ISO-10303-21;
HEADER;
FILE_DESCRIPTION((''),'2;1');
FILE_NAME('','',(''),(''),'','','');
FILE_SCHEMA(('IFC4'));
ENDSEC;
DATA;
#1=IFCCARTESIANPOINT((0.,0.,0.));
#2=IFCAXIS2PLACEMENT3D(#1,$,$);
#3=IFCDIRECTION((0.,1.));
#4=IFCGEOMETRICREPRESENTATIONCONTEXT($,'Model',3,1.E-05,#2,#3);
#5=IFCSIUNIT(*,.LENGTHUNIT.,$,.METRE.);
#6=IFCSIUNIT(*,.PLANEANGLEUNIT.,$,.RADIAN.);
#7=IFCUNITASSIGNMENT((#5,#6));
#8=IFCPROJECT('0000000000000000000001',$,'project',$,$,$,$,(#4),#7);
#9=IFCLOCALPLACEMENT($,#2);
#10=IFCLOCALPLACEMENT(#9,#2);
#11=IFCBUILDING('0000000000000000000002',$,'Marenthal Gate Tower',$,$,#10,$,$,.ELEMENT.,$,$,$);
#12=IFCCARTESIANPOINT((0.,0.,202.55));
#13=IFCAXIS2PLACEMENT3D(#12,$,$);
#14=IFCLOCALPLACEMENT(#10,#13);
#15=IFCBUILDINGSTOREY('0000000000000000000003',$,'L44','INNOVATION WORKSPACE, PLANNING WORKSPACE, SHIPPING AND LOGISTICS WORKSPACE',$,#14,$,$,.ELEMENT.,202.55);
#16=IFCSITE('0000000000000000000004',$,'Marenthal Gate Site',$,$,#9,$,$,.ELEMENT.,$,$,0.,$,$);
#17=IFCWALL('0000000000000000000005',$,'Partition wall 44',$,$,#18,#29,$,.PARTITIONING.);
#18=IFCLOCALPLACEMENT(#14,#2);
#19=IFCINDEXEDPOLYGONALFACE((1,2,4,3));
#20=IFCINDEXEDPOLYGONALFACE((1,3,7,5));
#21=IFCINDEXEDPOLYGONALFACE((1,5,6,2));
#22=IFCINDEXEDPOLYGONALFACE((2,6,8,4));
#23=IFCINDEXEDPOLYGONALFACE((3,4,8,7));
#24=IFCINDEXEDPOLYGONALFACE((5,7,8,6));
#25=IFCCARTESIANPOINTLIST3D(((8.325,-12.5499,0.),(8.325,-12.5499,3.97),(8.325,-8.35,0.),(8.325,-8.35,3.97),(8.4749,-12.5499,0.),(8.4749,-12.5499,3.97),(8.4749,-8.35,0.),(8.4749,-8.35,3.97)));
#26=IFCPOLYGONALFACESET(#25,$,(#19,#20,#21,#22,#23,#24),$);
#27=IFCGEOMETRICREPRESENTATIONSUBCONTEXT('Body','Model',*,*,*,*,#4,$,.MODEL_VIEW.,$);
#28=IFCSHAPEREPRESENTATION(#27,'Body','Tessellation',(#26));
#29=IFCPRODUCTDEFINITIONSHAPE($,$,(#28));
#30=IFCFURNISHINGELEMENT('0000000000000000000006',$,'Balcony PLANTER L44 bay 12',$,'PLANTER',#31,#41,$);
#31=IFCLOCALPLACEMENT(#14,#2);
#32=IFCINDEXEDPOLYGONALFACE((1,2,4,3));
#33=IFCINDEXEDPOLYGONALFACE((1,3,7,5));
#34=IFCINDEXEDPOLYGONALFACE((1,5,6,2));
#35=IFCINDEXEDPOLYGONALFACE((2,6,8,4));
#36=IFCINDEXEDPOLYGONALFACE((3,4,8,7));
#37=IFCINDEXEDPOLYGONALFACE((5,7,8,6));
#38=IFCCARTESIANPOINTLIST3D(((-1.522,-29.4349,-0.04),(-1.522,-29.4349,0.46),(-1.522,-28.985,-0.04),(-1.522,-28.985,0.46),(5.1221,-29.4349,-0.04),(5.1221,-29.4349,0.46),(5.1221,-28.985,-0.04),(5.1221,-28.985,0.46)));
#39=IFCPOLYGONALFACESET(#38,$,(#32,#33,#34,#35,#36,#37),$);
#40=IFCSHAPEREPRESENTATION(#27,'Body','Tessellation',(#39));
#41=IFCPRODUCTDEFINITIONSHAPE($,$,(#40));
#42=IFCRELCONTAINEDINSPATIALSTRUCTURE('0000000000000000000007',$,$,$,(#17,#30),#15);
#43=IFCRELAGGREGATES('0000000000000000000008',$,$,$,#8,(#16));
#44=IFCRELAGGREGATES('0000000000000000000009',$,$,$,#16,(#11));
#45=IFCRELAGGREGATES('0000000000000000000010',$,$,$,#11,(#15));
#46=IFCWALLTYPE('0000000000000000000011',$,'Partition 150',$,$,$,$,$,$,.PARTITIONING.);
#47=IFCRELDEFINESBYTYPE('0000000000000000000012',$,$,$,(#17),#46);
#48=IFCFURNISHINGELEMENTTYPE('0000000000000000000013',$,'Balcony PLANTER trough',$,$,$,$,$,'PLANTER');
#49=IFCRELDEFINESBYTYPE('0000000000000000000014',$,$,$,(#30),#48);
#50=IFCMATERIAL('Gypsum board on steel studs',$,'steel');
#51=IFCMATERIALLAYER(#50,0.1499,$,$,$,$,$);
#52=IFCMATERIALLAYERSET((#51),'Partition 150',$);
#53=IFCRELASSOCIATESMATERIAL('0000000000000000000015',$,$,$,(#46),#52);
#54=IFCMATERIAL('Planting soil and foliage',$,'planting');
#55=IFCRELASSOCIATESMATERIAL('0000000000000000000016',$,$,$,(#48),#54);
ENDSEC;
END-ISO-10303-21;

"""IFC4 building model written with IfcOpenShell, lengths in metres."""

from ifc_helpers import new_model, si_unit, direction, frame, frame_2d, origin, origin_2d, place, context, subcontext, project, spatial, rectangle, extrude, material, layer, layer_set, type_object, element, save


model = new_model("IFC4")

# Units and contexts
model_context = context("Model", 3, precision=1e-05, world=origin(), true_north=direction((0.0, 1.0)))
body_context = subcontext(model_context, "Body", "Model", "MODEL_VIEW")
ifc_project = project(units=[si_unit("LENGTHUNIT", "METRE"), si_unit("PLANEANGLEUNIT", "RADIAN")], contexts=[model_context])

# Site, building, storey
site_placement = place(None, origin())
site = spatial("IfcSite", under=ifc_project, at=site_placement, Name="Marenthal Gate Site", CompositionType="ELEMENT", RefElevation=0.0)
building_placement = place(site_placement, origin())
building = spatial("IfcBuilding", under=site, at=building_placement, Name="Marenthal Gate Tower", CompositionType="ELEMENT")
storey_placement = place(building_placement, frame((0.0, 0.0, 202.55)))
storey = spatial("IfcBuildingStorey", under=building, at=storey_placement, Name="L44", Description="INNOVATION WORKSPACE, PLANNING WORKSPACE, SHIPPING AND LOGISTICS WORKSPACE", CompositionType="ELEMENT", Elevation=202.55)

# Shared definitions
ifc_material_1 = material(Name="Gypsum board on steel studs", Category="steel")
ifc_layer_1 = layer(ifc_material_1, 0.1499)
ifc_layer_set_1 = layer_set([ifc_layer_1], Name="Partition 150")
wall_type_1 = type_object("IfcWallType", Name="Partition 150", PredefinedType="PARTITIONING", material=ifc_layer_set_1)

# Wall
wall_1_placement = place(storey_placement, frame((8.3999, -12.55, 0.0), z_axis=(0.0, 0.0, 1.0), x_axis=(0.0, 1.0, 0.0)))
element("IfcWall", 1, at=wall_1_placement, inside=storey, type_object=wall_type_1, Name="Partition wall 44", PredefinedType="PARTITIONING", context=body_context, shape_type="SweptSolid", body=[
    extrude(rectangle(XDim=4.2, YDim=0.1499, at=frame_2d((2.1001, 0.0))), origin(), (0.0, 0.0, 1.0), 3.97),
])

# Furnishing element
ifc_material_2 = material(Name="Planting soil and foliage", Category="planting")
furnishing_element_type = type_object("IfcFurnishingElementType", Name="Balcony PLANTER trough", ElementType="PLANTER", material=ifc_material_2)
furnishing_placement = place(storey_placement, frame((1.8, -29.21, -0.04), z_axis=(0.0, 0.0, 1.0), x_axis=(1.0, 0.0, 0.0)))
element("IfcFurnishingElement", 2, at=furnishing_placement, inside=storey, type_object=furnishing_element_type, Name="Balcony PLANTER L44 bay 12", ObjectType="PLANTER", context=body_context, shape_type="SweptSolid", body=[
    extrude(rectangle(XDim=6.644, YDim=0.45, at=origin_2d()), origin(), (0.0, 0.0, 1.0), 0.5),
])

save(model, "model.ifc")
